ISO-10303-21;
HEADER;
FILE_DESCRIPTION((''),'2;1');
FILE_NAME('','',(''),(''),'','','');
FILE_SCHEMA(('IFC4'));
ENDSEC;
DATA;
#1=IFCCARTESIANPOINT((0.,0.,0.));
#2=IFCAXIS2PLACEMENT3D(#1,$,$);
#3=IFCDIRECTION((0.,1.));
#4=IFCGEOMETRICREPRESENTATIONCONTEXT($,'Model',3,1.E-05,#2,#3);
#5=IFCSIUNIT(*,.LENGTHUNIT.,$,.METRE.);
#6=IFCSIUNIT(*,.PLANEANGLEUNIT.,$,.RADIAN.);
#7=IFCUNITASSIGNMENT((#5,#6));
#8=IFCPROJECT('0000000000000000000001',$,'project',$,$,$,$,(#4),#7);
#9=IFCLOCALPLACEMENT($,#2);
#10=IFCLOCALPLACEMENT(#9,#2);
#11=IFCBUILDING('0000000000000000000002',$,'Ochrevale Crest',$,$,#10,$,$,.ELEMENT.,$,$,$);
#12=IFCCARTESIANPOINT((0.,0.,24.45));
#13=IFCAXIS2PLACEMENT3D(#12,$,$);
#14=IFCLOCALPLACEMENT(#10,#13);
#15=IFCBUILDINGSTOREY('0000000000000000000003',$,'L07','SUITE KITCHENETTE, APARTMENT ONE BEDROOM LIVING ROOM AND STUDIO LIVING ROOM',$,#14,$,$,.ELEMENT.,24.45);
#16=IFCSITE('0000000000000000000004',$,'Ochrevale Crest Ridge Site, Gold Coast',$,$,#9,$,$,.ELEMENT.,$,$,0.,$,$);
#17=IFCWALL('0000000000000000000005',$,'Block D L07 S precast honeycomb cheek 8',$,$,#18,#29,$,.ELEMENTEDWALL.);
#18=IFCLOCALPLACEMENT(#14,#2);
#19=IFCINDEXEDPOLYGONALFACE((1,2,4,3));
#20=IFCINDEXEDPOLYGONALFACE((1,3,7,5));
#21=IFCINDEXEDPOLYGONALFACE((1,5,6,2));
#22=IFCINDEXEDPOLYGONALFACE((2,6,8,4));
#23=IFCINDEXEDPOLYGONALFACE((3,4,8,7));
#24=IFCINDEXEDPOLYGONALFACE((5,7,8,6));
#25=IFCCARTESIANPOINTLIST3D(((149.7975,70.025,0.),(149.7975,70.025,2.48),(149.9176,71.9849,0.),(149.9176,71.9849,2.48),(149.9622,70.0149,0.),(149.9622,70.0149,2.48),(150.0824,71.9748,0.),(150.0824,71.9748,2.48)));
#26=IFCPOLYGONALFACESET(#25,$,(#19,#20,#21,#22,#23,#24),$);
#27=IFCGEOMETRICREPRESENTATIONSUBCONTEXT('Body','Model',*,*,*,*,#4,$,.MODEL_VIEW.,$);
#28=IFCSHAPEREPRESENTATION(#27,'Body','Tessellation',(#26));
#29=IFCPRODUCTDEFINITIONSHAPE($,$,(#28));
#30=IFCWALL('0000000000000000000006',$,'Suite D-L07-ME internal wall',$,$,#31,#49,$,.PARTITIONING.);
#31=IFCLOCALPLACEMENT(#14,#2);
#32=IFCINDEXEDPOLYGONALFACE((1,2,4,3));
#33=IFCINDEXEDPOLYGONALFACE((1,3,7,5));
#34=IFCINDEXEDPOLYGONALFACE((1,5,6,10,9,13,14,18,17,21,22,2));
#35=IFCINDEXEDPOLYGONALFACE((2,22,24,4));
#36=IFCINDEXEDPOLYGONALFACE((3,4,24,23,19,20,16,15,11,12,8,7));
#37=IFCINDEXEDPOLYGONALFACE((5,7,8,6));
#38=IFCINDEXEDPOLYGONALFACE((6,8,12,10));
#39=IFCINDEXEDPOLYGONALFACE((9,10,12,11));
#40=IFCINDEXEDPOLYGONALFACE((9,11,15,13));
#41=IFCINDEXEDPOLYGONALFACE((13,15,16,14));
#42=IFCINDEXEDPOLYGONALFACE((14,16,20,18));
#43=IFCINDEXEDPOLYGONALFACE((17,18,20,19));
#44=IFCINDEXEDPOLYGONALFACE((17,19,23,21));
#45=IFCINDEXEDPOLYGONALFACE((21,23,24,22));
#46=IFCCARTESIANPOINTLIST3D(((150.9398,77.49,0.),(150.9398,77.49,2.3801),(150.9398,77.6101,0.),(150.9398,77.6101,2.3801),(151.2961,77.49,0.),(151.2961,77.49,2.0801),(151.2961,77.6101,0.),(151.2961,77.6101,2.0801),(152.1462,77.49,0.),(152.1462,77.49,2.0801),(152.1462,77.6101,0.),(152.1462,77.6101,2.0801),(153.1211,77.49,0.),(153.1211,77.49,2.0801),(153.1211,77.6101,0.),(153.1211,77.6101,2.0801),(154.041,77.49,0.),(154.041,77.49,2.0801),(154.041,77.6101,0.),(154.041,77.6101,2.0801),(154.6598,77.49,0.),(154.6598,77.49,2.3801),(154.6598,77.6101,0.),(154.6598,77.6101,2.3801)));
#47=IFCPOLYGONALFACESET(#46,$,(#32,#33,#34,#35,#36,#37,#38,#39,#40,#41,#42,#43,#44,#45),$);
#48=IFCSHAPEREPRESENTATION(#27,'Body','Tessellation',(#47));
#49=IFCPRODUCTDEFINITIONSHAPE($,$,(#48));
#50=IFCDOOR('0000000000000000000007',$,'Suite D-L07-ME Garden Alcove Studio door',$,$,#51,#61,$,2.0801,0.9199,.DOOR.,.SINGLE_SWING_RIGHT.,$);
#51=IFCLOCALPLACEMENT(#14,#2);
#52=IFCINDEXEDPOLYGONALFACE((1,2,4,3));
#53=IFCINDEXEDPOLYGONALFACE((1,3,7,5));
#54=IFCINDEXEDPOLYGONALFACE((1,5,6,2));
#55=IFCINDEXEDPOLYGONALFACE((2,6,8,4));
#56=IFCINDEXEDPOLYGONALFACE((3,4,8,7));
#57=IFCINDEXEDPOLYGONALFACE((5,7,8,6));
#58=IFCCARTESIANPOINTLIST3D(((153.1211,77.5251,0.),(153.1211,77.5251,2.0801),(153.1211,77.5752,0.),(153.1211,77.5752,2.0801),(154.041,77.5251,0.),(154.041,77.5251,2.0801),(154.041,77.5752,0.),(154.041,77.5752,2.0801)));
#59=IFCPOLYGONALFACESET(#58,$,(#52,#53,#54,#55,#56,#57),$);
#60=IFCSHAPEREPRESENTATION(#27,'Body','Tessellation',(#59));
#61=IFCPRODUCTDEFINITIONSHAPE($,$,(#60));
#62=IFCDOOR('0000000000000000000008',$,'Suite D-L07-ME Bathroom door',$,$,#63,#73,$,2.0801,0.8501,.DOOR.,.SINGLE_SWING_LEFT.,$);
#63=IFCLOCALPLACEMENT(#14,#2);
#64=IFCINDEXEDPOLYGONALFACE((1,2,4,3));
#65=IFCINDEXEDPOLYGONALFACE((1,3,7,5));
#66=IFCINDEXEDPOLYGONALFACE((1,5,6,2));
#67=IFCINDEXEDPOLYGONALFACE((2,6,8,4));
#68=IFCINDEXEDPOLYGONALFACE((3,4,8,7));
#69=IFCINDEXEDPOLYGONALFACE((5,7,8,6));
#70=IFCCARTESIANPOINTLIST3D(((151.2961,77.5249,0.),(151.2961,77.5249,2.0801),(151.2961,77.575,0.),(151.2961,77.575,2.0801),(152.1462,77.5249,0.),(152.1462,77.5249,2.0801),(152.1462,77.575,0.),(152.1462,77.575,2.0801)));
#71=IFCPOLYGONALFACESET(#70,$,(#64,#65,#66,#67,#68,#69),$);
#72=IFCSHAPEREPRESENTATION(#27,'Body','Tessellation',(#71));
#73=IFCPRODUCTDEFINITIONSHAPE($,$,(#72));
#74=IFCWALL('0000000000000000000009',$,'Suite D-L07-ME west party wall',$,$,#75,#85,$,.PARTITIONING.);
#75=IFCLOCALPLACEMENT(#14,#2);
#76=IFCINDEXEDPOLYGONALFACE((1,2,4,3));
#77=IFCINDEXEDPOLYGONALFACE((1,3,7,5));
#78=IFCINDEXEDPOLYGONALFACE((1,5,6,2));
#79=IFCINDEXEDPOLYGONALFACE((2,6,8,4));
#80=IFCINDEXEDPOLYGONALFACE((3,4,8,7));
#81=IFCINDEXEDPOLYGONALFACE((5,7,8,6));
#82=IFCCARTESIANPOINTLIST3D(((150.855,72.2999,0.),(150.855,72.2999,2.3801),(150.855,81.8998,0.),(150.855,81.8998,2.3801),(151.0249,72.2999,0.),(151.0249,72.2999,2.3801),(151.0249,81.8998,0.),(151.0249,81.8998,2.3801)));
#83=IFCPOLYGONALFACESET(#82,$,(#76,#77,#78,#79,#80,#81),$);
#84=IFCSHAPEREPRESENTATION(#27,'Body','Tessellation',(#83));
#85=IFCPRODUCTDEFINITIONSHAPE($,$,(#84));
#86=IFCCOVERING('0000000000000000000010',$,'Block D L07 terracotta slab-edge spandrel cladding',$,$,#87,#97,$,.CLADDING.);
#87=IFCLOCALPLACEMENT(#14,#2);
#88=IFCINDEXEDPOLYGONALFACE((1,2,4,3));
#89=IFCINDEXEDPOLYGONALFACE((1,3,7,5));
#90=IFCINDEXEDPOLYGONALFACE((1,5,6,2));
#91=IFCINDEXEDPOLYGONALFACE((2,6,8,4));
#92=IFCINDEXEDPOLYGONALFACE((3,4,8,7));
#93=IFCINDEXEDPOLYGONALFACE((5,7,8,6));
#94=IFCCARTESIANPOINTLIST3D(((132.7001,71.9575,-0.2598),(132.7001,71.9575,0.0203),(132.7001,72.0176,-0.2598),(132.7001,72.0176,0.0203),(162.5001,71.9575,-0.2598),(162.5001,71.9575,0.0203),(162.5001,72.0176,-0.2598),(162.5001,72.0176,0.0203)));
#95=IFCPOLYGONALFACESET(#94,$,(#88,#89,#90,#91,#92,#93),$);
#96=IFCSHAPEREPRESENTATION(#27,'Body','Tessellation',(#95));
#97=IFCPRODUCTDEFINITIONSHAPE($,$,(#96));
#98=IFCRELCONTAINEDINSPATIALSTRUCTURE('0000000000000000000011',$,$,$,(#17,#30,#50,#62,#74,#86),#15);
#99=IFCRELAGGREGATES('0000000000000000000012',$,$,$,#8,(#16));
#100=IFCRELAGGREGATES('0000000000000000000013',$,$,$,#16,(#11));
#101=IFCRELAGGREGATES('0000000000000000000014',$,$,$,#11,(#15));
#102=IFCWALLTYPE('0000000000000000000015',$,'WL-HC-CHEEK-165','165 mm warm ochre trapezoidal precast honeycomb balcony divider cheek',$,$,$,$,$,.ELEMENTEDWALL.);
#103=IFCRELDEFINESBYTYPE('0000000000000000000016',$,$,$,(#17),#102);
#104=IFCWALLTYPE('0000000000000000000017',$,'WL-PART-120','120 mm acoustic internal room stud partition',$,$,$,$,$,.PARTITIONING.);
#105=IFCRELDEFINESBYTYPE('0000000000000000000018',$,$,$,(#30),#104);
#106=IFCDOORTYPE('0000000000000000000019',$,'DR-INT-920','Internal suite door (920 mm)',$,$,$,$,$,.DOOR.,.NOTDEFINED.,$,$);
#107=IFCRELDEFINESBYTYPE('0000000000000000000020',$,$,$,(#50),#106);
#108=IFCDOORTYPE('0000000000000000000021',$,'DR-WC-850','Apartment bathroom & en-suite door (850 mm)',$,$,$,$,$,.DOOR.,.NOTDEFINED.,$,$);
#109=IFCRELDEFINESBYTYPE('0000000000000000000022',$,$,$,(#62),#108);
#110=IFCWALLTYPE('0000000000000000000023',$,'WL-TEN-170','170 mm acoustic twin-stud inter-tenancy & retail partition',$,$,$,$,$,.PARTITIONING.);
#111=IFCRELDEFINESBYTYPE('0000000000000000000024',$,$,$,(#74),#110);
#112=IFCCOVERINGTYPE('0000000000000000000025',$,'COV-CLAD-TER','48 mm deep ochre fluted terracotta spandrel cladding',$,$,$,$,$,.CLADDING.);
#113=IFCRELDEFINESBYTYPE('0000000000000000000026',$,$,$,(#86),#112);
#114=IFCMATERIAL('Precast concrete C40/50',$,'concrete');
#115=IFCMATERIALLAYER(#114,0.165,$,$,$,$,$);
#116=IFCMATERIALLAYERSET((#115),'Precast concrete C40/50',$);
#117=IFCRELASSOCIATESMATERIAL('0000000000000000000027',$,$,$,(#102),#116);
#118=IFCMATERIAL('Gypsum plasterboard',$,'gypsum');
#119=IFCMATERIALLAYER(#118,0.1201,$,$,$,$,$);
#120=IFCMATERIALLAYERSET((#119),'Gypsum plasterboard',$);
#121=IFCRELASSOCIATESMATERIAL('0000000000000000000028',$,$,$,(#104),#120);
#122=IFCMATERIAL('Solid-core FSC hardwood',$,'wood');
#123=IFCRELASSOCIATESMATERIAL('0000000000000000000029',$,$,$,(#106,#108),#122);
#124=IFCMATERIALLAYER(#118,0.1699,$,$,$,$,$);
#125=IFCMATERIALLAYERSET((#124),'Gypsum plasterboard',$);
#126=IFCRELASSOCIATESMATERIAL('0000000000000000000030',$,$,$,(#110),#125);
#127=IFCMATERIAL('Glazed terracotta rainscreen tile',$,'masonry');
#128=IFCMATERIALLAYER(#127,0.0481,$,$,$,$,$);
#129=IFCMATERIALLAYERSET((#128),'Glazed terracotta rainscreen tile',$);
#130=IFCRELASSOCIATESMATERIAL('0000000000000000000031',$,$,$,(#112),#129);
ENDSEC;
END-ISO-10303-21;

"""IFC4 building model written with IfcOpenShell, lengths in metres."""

from ifc_helpers import new_model, si_unit, direction, frame, frame_2d, origin, origin_2d, place, context, subcontext, project, spatial, rectangle, extrude, material, layer, layer_set, type_object, element, fill, save


model = new_model("IFC4")

# Units and contexts
model_context = context("Model", 3, precision=1e-05, world=origin(), true_north=direction((0.0, 1.0)))
body_context = subcontext(model_context, "Body", "Model", "MODEL_VIEW")
ifc_project = project(units=[si_unit("LENGTHUNIT", "METRE"), si_unit("PLANEANGLEUNIT", "RADIAN")], contexts=[model_context])

# Site, building, storey
site_placement = place(None, origin())
site = spatial("IfcSite", under=ifc_project, at=site_placement, Name="Ochrevale Crest Ridge Site, Gold Coast", CompositionType="ELEMENT", RefElevation=0.0)
building_placement = place(site_placement, origin())
building = spatial("IfcBuilding", under=site, at=building_placement, Name="Ochrevale Crest", CompositionType="ELEMENT")
storey_placement = place(building_placement, frame((0.0, 0.0, 24.45)))
storey = spatial("IfcBuildingStorey", under=building, at=storey_placement, Name="L07", Description="SUITE KITCHENETTE, APARTMENT ONE BEDROOM LIVING ROOM AND STUDIO LIVING ROOM", CompositionType="ELEMENT", Elevation=24.45)

# Shared definitions
ifc_material_1 = material(Name="Precast concrete C40/50", Category="concrete")

# Wall
ifc_layer_1 = layer(ifc_material_1, 0.165)
ifc_layer_set_1 = layer_set([ifc_layer_1], Name="Precast concrete C40/50")
wall_type_1 = type_object("IfcWallType", Name="WL-HC-CHEEK-165", Description="165 mm warm ochre trapezoidal precast honeycomb balcony divider cheek", PredefinedType="ELEMENTEDWALL", material=ifc_layer_set_1)
for number, where, z_axis, x_axis, name in (
    (1, (150.0, 71.98, 0.0), (0.0, 0.0, 1.0), (-0.061171, -0.998127, 0.0), "Block D L07 S precast honeycomb cheek 8"),
):
    element("IfcWall", number, at=place(storey_placement, frame(where, z_axis=z_axis, x_axis=x_axis)), inside=storey, type_object=wall_type_1, Name=name, PredefinedType="ELEMENTEDWALL", context=body_context, shape_type="SweptSolid", body=[
        extrude(rectangle(XDim=1.9636, YDim=0.165, at=frame_2d((0.9819, 0.0))), origin(), (0.0, 0.0, 1.0), 2.48),
    ])

# Wall, openings, doors
ifc_material_2 = material(Name="Gypsum plasterboard", Category="gypsum")
ifc_layer_2 = layer(ifc_material_2, 0.1201)
ifc_layer_set_2 = layer_set([ifc_layer_2], Name="Gypsum plasterboard")
wall_type_2 = type_object("IfcWallType", Name="WL-PART-120", Description="120 mm acoustic internal room stud partition", PredefinedType="PARTITIONING", material=ifc_layer_set_2)
wall_1_placement = place(storey_placement, frame((150.9399, 77.55, 0.0), z_axis=(0.0, 0.0, 1.0), x_axis=(1.0, 0.0, 0.0)))
wall_1 = element("IfcWall", 2, at=wall_1_placement, inside=storey, type_object=wall_type_2, Name="Suite D-L07-ME internal wall", PredefinedType="PARTITIONING", context=body_context, shape_type="SweptSolid", body=[
    extrude(rectangle(XDim=3.72, YDim=0.1201, at=frame_2d((1.8599, 0.0))), origin(), (0.0, 0.0, 1.0), 2.3801),
])
opening_1_placement = place(wall_1_placement, frame((0.3562, 0.0, 0.0)))
opening_1 = element("IfcOpeningElement", 3, at=opening_1_placement, cuts=wall_1, PredefinedType="OPENING", context=body_context, shape_type="SweptSolid", body=[
    extrude(rectangle(XDim=0.8501, YDim=2.0801, at=frame_2d((0.425, 1.04))), frame((0.0, 0.0701, 0.0), z_axis=(0.0, -1.0, 0.0), x_axis=(1.0, 0.0, 0.0)), (0.0, 0.0, 1.0), 0.1401),
])
opening_2_placement = place(wall_1_placement, frame((3.1011, 0.0, 0.0), z_axis=(0.0, 0.0, 1.0), x_axis=(-1.0, 0.0, 0.0)))
opening_2 = element("IfcOpeningElement", 4, at=opening_2_placement, cuts=wall_1, PredefinedType="OPENING", context=body_context, shape_type="SweptSolid", body=[
    extrude(rectangle(XDim=0.9199, YDim=2.0801, at=frame_2d((0.46, 1.04))), frame((0.0, 0.0701, 0.0), z_axis=(0.0, -1.0, 0.0), x_axis=(1.0, 0.0, 0.0)), (0.0, 0.0, 1.0), 0.1401),
])
ifc_material_3 = material(Name="Solid-core FSC hardwood", Category="wood")
door_type_1 = type_object("IfcDoorType", Name="DR-INT-920", Description="Internal suite door (920 mm)", OperationType="NOTDEFINED", PredefinedType="DOOR", material=ifc_material_3)
door_1_placement = place(opening_2_placement, origin())
door_1 = element("IfcDoor", 5, at=door_1_placement, inside=storey, type_object=door_type_1, Name="Suite D-L07-ME Garden Alcove Studio door", OperationType="SINGLE_SWING_RIGHT", OverallHeight=2.0801, OverallWidth=0.9199, PredefinedType="DOOR", context=body_context, shape_type="SweptSolid", body=[
    extrude(rectangle(XDim=0.9199, YDim=2.0801, at=frame_2d((0.46, 1.04))), frame((0.0, 0.0249, 0.0), z_axis=(0.0, -1.0, 0.0), x_axis=(1.0, 0.0, 0.0)), (0.0, 0.0, 1.0), 0.05),
])
fill(opening_2, door_1)
door_type_2 = type_object("IfcDoorType", Name="DR-WC-850", Description="Apartment bathroom & en-suite door (850 mm)", OperationType="NOTDEFINED", PredefinedType="DOOR", material=ifc_material_3)
door_2_placement = place(opening_1_placement, origin())
door_2 = element("IfcDoor", 6, at=door_2_placement, inside=storey, type_object=door_type_2, Name="Suite D-L07-ME Bathroom door", OperationType="SINGLE_SWING_LEFT", OverallHeight=2.0801, OverallWidth=0.8501, PredefinedType="DOOR", context=body_context, shape_type="SweptSolid", body=[
    extrude(rectangle(XDim=0.8501, YDim=2.0801, at=frame_2d((0.425, 1.04))), frame((0.0, 0.0249, 0.0), z_axis=(0.0, -1.0, 0.0), x_axis=(1.0, 0.0, 0.0)), (0.0, 0.0, 1.0), 0.05),
])
fill(opening_1, door_2)

# Wall
ifc_layer_3 = layer(ifc_material_2, 0.1699)
ifc_layer_set_3 = layer_set([ifc_layer_3], Name="Gypsum plasterboard")
wall_type_3 = type_object("IfcWallType", Name="WL-TEN-170", Description="170 mm acoustic twin-stud inter-tenancy & retail partition", PredefinedType="PARTITIONING", material=ifc_layer_set_3)
wall_2_placement = place(storey_placement, frame((150.9399, 72.3, 0.0), z_axis=(0.0, 0.0, 1.0), x_axis=(0.0, 1.0, 0.0)))
element("IfcWall", 7, at=wall_2_placement, inside=storey, type_object=wall_type_3, Name="Suite D-L07-ME west party wall", PredefinedType="PARTITIONING", context=body_context, shape_type="SweptSolid", body=[
    extrude(rectangle(XDim=9.5999, YDim=0.1699, at=frame_2d((4.7998, 0.0))), origin(), (0.0, 0.0, 1.0), 2.3801),
])

# Covering
ifc_material_4 = material(Name="Glazed terracotta rainscreen tile", Category="masonry")
ifc_layer_4 = layer(ifc_material_4, 0.0481)
ifc_layer_set_4 = layer_set([ifc_layer_4], Name="Glazed terracotta rainscreen tile")
covering_type = type_object("IfcCoveringType", Name="COV-CLAD-TER", Description="48 mm deep ochre fluted terracotta spandrel cladding", PredefinedType="CLADDING", material=ifc_layer_set_4)
covering_placement = place(storey_placement, frame((147.6001, 71.9875, -0.2598), z_axis=(0.0, 0.0, 1.0), x_axis=(1.0, 0.0, 0.0)))
element("IfcCovering", 8, at=covering_placement, inside=storey, type_object=covering_type, Name="Block D L07 terracotta slab-edge spandrel cladding", PredefinedType="CLADDING", context=body_context, shape_type="SweptSolid", body=[
    extrude(rectangle(XDim=29.8, YDim=0.0601, at=origin_2d()), origin(), (0.0, 0.0, 1.0), 0.28),
])

save(model, "model.ifc")
